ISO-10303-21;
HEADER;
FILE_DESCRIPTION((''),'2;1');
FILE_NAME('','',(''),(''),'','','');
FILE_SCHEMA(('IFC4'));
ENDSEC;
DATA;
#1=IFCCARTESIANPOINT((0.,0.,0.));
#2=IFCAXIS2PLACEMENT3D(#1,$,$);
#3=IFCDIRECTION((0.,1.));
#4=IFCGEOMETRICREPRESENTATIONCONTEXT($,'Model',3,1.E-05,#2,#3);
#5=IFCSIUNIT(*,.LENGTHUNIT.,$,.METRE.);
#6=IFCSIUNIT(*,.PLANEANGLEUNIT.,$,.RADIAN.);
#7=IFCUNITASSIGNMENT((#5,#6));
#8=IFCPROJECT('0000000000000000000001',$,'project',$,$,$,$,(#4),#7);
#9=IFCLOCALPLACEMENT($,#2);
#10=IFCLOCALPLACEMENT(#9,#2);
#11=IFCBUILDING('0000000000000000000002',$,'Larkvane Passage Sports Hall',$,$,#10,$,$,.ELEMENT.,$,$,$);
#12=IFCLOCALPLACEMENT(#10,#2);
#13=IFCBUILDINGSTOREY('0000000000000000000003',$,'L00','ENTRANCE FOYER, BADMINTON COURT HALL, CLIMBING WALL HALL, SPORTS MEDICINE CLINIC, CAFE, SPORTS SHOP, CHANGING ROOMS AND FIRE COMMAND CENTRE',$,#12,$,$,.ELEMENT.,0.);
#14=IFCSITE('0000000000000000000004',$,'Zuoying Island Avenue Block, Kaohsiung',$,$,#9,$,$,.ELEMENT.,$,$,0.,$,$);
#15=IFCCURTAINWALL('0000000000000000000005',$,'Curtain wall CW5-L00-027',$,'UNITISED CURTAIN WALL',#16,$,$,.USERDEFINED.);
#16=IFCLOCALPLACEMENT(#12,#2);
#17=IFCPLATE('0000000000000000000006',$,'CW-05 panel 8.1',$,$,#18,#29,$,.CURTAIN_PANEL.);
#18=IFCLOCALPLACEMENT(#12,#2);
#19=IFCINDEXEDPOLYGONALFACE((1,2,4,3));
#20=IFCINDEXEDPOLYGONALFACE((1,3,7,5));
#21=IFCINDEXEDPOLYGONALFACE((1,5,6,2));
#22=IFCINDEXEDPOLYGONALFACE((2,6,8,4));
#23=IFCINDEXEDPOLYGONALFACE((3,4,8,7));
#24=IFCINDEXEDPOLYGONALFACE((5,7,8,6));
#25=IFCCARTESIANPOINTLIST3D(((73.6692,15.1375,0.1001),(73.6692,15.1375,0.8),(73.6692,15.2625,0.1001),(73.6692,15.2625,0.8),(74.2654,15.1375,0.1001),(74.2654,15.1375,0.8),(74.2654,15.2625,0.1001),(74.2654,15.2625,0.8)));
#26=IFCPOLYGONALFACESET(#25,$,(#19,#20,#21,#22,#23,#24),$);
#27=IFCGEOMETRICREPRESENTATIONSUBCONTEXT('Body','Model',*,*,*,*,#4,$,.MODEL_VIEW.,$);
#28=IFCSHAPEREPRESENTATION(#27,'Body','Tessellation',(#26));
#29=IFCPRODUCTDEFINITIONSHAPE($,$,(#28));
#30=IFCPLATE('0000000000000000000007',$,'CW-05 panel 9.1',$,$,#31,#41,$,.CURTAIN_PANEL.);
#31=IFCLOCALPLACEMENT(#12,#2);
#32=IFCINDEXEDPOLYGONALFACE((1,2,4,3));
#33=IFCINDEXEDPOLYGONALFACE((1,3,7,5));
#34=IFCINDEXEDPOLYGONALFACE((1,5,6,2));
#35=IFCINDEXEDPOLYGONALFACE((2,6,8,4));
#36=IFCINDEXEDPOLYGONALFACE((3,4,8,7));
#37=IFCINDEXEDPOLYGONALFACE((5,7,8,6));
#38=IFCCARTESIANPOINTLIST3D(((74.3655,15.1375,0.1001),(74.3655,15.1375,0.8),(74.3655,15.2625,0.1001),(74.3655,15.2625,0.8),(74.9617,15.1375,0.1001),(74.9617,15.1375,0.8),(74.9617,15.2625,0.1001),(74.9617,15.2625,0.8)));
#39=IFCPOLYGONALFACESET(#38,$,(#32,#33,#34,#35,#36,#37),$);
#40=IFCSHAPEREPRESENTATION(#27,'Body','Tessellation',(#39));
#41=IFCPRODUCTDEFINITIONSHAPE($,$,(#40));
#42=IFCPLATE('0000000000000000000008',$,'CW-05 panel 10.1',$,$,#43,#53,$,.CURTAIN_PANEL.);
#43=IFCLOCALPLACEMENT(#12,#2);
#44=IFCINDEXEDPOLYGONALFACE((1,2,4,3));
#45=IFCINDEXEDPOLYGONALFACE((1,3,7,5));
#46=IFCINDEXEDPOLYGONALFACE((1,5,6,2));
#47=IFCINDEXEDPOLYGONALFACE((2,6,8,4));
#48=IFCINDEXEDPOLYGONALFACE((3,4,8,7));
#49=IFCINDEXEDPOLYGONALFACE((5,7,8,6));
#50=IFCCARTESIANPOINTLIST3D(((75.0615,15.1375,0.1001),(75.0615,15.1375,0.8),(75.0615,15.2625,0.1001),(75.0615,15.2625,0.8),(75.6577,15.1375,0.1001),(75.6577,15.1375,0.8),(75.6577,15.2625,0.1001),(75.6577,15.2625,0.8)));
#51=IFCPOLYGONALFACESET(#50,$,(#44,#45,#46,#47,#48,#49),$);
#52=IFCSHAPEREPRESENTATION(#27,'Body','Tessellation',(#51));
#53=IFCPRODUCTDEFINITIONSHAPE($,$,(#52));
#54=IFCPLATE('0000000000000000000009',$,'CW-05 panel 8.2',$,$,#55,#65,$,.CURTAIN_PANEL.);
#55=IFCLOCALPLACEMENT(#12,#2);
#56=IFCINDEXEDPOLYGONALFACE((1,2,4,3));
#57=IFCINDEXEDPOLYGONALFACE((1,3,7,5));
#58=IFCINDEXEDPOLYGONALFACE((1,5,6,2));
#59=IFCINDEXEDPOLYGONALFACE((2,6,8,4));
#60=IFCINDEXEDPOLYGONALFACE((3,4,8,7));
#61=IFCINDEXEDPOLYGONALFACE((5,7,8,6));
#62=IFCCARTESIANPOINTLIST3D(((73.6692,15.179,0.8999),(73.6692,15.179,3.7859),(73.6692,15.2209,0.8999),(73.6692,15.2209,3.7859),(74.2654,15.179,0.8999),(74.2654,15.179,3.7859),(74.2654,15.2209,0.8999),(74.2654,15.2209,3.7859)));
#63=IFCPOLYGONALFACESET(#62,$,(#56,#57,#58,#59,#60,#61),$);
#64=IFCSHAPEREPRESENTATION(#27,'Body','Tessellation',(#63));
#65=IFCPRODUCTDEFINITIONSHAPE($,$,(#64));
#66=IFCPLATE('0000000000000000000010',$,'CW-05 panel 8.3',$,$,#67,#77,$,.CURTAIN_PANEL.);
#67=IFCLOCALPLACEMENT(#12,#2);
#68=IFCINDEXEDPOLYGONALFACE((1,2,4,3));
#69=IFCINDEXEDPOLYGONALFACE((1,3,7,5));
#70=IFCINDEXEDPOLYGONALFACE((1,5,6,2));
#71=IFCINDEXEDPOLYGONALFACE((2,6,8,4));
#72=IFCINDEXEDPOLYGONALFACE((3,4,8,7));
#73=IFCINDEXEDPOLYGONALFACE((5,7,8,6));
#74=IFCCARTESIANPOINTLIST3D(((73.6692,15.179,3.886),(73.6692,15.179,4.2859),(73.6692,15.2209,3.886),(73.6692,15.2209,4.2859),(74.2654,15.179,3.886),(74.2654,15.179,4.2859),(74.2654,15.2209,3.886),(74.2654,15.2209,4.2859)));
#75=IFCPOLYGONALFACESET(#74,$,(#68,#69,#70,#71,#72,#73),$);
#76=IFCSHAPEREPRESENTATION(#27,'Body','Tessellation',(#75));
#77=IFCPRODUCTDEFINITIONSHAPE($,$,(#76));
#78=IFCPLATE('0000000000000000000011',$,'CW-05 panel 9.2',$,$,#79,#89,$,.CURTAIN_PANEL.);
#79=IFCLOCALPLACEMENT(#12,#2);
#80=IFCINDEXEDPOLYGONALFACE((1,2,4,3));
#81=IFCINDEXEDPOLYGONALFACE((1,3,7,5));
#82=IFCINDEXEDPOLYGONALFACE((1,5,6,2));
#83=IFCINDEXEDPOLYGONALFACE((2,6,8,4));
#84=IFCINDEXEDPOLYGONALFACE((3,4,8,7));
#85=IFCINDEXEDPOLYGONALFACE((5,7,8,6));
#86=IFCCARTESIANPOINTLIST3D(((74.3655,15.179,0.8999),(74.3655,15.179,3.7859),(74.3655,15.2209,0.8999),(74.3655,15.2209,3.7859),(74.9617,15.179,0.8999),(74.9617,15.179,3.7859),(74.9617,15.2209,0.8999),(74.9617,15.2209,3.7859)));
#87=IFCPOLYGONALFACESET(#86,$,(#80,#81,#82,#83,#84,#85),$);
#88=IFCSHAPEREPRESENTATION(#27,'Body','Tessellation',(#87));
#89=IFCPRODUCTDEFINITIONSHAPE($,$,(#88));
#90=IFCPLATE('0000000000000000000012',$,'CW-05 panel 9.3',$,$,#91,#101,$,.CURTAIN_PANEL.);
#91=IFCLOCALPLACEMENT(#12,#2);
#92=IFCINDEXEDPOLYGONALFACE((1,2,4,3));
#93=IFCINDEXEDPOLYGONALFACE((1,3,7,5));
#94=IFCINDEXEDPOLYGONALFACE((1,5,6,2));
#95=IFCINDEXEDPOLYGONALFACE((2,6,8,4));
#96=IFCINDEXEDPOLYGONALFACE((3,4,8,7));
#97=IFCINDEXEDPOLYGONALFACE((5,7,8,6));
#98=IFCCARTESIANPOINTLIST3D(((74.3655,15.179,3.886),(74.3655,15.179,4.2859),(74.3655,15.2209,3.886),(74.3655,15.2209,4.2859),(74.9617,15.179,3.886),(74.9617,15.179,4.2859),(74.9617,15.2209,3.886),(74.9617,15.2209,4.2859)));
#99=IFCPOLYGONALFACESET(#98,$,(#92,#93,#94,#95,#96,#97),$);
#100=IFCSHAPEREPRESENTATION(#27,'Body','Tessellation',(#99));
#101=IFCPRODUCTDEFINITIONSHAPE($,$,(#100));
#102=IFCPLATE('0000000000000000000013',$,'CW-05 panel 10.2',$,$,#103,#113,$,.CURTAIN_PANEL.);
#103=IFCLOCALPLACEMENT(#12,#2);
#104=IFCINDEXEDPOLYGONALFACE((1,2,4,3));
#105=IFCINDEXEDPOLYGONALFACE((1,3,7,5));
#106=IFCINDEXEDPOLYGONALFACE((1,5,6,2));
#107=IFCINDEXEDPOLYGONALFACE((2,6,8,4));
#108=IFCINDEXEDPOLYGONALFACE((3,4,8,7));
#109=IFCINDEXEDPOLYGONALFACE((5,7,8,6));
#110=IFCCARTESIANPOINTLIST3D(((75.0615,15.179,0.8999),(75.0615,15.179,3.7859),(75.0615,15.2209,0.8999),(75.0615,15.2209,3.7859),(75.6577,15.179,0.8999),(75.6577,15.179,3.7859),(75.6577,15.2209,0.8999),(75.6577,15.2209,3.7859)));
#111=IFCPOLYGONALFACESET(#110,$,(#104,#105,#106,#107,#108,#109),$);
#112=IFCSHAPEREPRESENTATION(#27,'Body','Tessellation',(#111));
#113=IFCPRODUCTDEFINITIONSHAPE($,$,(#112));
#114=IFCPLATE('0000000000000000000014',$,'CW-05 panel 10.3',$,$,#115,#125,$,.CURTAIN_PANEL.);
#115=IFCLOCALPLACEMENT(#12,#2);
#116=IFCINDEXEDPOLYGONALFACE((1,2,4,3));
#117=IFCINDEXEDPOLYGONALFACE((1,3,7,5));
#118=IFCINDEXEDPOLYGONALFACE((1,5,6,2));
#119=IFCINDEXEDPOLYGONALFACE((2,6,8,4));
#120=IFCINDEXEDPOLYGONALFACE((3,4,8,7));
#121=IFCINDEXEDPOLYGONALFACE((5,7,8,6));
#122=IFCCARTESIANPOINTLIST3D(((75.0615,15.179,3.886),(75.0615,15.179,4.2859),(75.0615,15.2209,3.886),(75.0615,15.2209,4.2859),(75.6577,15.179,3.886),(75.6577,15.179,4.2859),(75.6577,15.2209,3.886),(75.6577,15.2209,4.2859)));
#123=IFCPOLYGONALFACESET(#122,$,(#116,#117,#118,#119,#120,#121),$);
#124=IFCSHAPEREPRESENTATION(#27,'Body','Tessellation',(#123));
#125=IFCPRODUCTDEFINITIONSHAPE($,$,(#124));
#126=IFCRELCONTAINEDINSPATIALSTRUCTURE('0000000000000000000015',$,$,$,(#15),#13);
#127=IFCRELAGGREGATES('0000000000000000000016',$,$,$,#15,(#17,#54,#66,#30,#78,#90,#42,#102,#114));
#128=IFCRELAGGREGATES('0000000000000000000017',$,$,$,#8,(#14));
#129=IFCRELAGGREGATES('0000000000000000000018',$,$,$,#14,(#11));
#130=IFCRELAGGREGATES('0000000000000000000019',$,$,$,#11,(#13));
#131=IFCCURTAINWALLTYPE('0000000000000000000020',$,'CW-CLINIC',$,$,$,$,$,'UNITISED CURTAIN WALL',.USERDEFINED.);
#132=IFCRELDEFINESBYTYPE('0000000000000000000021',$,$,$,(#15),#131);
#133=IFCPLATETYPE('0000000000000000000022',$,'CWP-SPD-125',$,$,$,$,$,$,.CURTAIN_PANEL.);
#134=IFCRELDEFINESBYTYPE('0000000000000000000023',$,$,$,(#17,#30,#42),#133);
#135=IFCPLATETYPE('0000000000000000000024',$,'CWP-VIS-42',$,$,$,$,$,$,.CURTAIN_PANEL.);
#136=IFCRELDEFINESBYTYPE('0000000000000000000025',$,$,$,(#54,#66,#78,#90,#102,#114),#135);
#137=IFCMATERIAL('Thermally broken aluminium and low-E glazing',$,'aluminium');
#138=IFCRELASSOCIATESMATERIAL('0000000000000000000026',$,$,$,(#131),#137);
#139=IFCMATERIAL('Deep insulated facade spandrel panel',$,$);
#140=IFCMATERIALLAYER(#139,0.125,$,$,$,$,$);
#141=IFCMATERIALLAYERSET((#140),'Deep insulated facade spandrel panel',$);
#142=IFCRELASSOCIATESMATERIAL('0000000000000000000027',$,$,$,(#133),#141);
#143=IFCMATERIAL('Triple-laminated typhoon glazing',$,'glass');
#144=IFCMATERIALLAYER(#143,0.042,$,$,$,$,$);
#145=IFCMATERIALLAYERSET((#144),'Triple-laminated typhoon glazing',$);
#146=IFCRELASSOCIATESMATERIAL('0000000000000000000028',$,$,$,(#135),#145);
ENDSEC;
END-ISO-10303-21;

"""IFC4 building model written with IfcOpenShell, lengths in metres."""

from ifc_helpers import new_model, si_unit, direction, frame, origin, origin_2d, place, context, subcontext, project, spatial, rectangle, extrude, material, layer, layer_set, type_object, element, aggregate, save


model = new_model("IFC4")

# Units and contexts
model_context = context("Model", 3, precision=1e-05, world=origin(), true_north=direction((0.0, 1.0)))
body_context = subcontext(model_context, "Body", "Model", "MODEL_VIEW")
ifc_project = project(units=[si_unit("LENGTHUNIT", "METRE"), si_unit("PLANEANGLEUNIT", "RADIAN")], contexts=[model_context])

# Site, building, storey
site_placement = place(None, origin())
site = spatial("IfcSite", under=ifc_project, at=site_placement, Name="Zuoying Island Avenue Block, Kaohsiung", CompositionType="ELEMENT", RefElevation=0.0)
building_placement = place(site_placement, origin())
building = spatial("IfcBuilding", under=site, at=building_placement, Name="Larkvane Passage Sports Hall", CompositionType="ELEMENT")
storey_placement = place(building_placement, origin())
storey = spatial("IfcBuildingStorey", under=building, at=storey_placement, Name="L00", Description="ENTRANCE FOYER, BADMINTON COURT HALL, CLIMBING WALL HALL, SPORTS MEDICINE CLINIC, CAFE, SPORTS SHOP, CHANGING ROOMS AND FIRE COMMAND CENTRE", CompositionType="ELEMENT", Elevation=0.0)

# Curtain wall, plates
ifc_material_1 = material(Name="Thermally broken aluminium and low-E glazing", Category="aluminium")
curtain_wall_type = type_object("IfcCurtainWallType", Name="CW-CLINIC", ElementType="UNITISED CURTAIN WALL", PredefinedType="USERDEFINED", material=ifc_material_1)
curtain_wall_placement = place(storey_placement, origin())
curtain_wall = element("IfcCurtainWall", 1, at=curtain_wall_placement, inside=storey, type_object=curtain_wall_type, Name="Curtain wall CW5-L00-027", ObjectType="UNITISED CURTAIN WALL", PredefinedType="USERDEFINED")
ifc_material_2 = material(Name="Deep insulated facade spandrel panel")
ifc_layer_1 = layer(ifc_material_2, 0.125)
ifc_layer_set_1 = layer_set([ifc_layer_1], Name="Deep insulated facade spandrel panel")
plate_type_1 = type_object("IfcPlateType", Name="CWP-SPD-125", PredefinedType="CURTAIN_PANEL", material=ifc_layer_set_1)
plate_1_placement = place(storey_placement, frame((73.9673, 15.2, 0.1001), z_axis=(0.0, 0.0, 1.0), x_axis=(1.0, 0.0, 0.0)))
plate_1 = element("IfcPlate", 2, at=plate_1_placement, type_object=plate_type_1, Name="CW-05 panel 8.1", PredefinedType="CURTAIN_PANEL", context=body_context, shape_type="SweptSolid", body=[
    extrude(rectangle(XDim=0.5962, YDim=0.125, at=origin_2d()), origin(), (0.0, 0.0, 1.0), 0.7),
])
plate_2_placement = place(storey_placement, frame((74.6636, 15.2, 0.1001), z_axis=(0.0, 0.0, 1.0), x_axis=(1.0, 0.0, 0.0)))
plate_2 = element("IfcPlate", 3, at=plate_2_placement, type_object=plate_type_1, Name="CW-05 panel 9.1", PredefinedType="CURTAIN_PANEL", context=body_context, shape_type="SweptSolid", body=[
    extrude(rectangle(XDim=0.5962, YDim=0.125, at=origin_2d()), origin(), (0.0, 0.0, 1.0), 0.7),
])
plate_3_placement = place(storey_placement, frame((75.3596, 15.2, 0.1001), z_axis=(0.0, 0.0, 1.0), x_axis=(1.0, 0.0, 0.0)))
plate_3 = element("IfcPlate", 4, at=plate_3_placement, type_object=plate_type_1, Name="CW-05 panel 10.1", PredefinedType="CURTAIN_PANEL", context=body_context, shape_type="SweptSolid", body=[
    extrude(rectangle(XDim=0.5962, YDim=0.125, at=origin_2d()), origin(), (0.0, 0.0, 1.0), 0.7),
])
ifc_material_3 = material(Name="Triple-laminated typhoon glazing", Category="glass")
ifc_layer_2 = layer(ifc_material_3, 0.042)
ifc_layer_set_2 = layer_set([ifc_layer_2], Name="Triple-laminated typhoon glazing")
plate_type_2 = type_object("IfcPlateType", Name="CWP-VIS-42", PredefinedType="CURTAIN_PANEL", material=ifc_layer_set_2)
plate_4_placement = place(storey_placement, frame((73.9673, 15.2, 0.8999), z_axis=(0.0, 0.0, 1.0), x_axis=(1.0, 0.0, 0.0)))
plate_4 = element("IfcPlate", 5, at=plate_4_placement, type_object=plate_type_2, Name="CW-05 panel 8.2", PredefinedType="CURTAIN_PANEL", context=body_context, shape_type="SweptSolid", body=[
    extrude(rectangle(XDim=0.5962, YDim=0.042, at=origin_2d()), origin(), (0.0, 0.0, 1.0), 2.886),
])
plate_5_placement = place(storey_placement, frame((73.9673, 15.2, 3.886), z_axis=(0.0, 0.0, 1.0), x_axis=(1.0, 0.0, 0.0)))
plate_5 = element("IfcPlate", 6, at=plate_5_placement, type_object=plate_type_2, Name="CW-05 panel 8.3", PredefinedType="CURTAIN_PANEL", context=body_context, shape_type="SweptSolid", body=[
    extrude(rectangle(XDim=0.5962, YDim=0.042, at=origin_2d()), origin(), (0.0, 0.0, 1.0), 0.3999),
])
plate_6_placement = place(storey_placement, frame((74.6636, 15.2, 0.8999), z_axis=(0.0, 0.0, 1.0), x_axis=(1.0, 0.0, 0.0)))
plate_6 = element("IfcPlate", 7, at=plate_6_placement, type_object=plate_type_2, Name="CW-05 panel 9.2", PredefinedType="CURTAIN_PANEL", context=body_context, shape_type="SweptSolid", body=[
    extrude(rectangle(XDim=0.5962, YDim=0.042, at=origin_2d()), origin(), (0.0, 0.0, 1.0), 2.886),
])
plate_7_placement = place(storey_placement, frame((74.6636, 15.2, 3.886), z_axis=(0.0, 0.0, 1.0), x_axis=(1.0, 0.0, 0.0)))
plate_7 = element("IfcPlate", 8, at=plate_7_placement, type_object=plate_type_2, Name="CW-05 panel 9.3", PredefinedType="CURTAIN_PANEL", context=body_context, shape_type="SweptSolid", body=[
    extrude(rectangle(XDim=0.5962, YDim=0.042, at=origin_2d()), origin(), (0.0, 0.0, 1.0), 0.3999),
])
plate_8_placement = place(storey_placement, frame((75.3596, 15.2, 0.8999), z_axis=(0.0, 0.0, 1.0), x_axis=(1.0, 0.0, 0.0)))
plate_8 = element("IfcPlate", 9, at=plate_8_placement, type_object=plate_type_2, Name="CW-05 panel 10.2", PredefinedType="CURTAIN_PANEL", context=body_context, shape_type="SweptSolid", body=[
    extrude(rectangle(XDim=0.5962, YDim=0.042, at=origin_2d()), origin(), (0.0, 0.0, 1.0), 2.886),
])
plate_9_placement = place(storey_placement, frame((75.3596, 15.2, 3.886), z_axis=(0.0, 0.0, 1.0), x_axis=(1.0, 0.0, 0.0)))
plate_9 = element("IfcPlate", 10, at=plate_9_placement, type_object=plate_type_2, Name="CW-05 panel 10.3", PredefinedType="CURTAIN_PANEL", context=body_context, shape_type="SweptSolid", body=[
    extrude(rectangle(XDim=0.5962, YDim=0.042, at=origin_2d()), origin(), (0.0, 0.0, 1.0), 0.3999),
])
aggregate(curtain_wall, [plate_1, plate_4, plate_5, plate_2, plate_6, plate_7, plate_3, plate_8, plate_9])

save(model, "model.ifc")
